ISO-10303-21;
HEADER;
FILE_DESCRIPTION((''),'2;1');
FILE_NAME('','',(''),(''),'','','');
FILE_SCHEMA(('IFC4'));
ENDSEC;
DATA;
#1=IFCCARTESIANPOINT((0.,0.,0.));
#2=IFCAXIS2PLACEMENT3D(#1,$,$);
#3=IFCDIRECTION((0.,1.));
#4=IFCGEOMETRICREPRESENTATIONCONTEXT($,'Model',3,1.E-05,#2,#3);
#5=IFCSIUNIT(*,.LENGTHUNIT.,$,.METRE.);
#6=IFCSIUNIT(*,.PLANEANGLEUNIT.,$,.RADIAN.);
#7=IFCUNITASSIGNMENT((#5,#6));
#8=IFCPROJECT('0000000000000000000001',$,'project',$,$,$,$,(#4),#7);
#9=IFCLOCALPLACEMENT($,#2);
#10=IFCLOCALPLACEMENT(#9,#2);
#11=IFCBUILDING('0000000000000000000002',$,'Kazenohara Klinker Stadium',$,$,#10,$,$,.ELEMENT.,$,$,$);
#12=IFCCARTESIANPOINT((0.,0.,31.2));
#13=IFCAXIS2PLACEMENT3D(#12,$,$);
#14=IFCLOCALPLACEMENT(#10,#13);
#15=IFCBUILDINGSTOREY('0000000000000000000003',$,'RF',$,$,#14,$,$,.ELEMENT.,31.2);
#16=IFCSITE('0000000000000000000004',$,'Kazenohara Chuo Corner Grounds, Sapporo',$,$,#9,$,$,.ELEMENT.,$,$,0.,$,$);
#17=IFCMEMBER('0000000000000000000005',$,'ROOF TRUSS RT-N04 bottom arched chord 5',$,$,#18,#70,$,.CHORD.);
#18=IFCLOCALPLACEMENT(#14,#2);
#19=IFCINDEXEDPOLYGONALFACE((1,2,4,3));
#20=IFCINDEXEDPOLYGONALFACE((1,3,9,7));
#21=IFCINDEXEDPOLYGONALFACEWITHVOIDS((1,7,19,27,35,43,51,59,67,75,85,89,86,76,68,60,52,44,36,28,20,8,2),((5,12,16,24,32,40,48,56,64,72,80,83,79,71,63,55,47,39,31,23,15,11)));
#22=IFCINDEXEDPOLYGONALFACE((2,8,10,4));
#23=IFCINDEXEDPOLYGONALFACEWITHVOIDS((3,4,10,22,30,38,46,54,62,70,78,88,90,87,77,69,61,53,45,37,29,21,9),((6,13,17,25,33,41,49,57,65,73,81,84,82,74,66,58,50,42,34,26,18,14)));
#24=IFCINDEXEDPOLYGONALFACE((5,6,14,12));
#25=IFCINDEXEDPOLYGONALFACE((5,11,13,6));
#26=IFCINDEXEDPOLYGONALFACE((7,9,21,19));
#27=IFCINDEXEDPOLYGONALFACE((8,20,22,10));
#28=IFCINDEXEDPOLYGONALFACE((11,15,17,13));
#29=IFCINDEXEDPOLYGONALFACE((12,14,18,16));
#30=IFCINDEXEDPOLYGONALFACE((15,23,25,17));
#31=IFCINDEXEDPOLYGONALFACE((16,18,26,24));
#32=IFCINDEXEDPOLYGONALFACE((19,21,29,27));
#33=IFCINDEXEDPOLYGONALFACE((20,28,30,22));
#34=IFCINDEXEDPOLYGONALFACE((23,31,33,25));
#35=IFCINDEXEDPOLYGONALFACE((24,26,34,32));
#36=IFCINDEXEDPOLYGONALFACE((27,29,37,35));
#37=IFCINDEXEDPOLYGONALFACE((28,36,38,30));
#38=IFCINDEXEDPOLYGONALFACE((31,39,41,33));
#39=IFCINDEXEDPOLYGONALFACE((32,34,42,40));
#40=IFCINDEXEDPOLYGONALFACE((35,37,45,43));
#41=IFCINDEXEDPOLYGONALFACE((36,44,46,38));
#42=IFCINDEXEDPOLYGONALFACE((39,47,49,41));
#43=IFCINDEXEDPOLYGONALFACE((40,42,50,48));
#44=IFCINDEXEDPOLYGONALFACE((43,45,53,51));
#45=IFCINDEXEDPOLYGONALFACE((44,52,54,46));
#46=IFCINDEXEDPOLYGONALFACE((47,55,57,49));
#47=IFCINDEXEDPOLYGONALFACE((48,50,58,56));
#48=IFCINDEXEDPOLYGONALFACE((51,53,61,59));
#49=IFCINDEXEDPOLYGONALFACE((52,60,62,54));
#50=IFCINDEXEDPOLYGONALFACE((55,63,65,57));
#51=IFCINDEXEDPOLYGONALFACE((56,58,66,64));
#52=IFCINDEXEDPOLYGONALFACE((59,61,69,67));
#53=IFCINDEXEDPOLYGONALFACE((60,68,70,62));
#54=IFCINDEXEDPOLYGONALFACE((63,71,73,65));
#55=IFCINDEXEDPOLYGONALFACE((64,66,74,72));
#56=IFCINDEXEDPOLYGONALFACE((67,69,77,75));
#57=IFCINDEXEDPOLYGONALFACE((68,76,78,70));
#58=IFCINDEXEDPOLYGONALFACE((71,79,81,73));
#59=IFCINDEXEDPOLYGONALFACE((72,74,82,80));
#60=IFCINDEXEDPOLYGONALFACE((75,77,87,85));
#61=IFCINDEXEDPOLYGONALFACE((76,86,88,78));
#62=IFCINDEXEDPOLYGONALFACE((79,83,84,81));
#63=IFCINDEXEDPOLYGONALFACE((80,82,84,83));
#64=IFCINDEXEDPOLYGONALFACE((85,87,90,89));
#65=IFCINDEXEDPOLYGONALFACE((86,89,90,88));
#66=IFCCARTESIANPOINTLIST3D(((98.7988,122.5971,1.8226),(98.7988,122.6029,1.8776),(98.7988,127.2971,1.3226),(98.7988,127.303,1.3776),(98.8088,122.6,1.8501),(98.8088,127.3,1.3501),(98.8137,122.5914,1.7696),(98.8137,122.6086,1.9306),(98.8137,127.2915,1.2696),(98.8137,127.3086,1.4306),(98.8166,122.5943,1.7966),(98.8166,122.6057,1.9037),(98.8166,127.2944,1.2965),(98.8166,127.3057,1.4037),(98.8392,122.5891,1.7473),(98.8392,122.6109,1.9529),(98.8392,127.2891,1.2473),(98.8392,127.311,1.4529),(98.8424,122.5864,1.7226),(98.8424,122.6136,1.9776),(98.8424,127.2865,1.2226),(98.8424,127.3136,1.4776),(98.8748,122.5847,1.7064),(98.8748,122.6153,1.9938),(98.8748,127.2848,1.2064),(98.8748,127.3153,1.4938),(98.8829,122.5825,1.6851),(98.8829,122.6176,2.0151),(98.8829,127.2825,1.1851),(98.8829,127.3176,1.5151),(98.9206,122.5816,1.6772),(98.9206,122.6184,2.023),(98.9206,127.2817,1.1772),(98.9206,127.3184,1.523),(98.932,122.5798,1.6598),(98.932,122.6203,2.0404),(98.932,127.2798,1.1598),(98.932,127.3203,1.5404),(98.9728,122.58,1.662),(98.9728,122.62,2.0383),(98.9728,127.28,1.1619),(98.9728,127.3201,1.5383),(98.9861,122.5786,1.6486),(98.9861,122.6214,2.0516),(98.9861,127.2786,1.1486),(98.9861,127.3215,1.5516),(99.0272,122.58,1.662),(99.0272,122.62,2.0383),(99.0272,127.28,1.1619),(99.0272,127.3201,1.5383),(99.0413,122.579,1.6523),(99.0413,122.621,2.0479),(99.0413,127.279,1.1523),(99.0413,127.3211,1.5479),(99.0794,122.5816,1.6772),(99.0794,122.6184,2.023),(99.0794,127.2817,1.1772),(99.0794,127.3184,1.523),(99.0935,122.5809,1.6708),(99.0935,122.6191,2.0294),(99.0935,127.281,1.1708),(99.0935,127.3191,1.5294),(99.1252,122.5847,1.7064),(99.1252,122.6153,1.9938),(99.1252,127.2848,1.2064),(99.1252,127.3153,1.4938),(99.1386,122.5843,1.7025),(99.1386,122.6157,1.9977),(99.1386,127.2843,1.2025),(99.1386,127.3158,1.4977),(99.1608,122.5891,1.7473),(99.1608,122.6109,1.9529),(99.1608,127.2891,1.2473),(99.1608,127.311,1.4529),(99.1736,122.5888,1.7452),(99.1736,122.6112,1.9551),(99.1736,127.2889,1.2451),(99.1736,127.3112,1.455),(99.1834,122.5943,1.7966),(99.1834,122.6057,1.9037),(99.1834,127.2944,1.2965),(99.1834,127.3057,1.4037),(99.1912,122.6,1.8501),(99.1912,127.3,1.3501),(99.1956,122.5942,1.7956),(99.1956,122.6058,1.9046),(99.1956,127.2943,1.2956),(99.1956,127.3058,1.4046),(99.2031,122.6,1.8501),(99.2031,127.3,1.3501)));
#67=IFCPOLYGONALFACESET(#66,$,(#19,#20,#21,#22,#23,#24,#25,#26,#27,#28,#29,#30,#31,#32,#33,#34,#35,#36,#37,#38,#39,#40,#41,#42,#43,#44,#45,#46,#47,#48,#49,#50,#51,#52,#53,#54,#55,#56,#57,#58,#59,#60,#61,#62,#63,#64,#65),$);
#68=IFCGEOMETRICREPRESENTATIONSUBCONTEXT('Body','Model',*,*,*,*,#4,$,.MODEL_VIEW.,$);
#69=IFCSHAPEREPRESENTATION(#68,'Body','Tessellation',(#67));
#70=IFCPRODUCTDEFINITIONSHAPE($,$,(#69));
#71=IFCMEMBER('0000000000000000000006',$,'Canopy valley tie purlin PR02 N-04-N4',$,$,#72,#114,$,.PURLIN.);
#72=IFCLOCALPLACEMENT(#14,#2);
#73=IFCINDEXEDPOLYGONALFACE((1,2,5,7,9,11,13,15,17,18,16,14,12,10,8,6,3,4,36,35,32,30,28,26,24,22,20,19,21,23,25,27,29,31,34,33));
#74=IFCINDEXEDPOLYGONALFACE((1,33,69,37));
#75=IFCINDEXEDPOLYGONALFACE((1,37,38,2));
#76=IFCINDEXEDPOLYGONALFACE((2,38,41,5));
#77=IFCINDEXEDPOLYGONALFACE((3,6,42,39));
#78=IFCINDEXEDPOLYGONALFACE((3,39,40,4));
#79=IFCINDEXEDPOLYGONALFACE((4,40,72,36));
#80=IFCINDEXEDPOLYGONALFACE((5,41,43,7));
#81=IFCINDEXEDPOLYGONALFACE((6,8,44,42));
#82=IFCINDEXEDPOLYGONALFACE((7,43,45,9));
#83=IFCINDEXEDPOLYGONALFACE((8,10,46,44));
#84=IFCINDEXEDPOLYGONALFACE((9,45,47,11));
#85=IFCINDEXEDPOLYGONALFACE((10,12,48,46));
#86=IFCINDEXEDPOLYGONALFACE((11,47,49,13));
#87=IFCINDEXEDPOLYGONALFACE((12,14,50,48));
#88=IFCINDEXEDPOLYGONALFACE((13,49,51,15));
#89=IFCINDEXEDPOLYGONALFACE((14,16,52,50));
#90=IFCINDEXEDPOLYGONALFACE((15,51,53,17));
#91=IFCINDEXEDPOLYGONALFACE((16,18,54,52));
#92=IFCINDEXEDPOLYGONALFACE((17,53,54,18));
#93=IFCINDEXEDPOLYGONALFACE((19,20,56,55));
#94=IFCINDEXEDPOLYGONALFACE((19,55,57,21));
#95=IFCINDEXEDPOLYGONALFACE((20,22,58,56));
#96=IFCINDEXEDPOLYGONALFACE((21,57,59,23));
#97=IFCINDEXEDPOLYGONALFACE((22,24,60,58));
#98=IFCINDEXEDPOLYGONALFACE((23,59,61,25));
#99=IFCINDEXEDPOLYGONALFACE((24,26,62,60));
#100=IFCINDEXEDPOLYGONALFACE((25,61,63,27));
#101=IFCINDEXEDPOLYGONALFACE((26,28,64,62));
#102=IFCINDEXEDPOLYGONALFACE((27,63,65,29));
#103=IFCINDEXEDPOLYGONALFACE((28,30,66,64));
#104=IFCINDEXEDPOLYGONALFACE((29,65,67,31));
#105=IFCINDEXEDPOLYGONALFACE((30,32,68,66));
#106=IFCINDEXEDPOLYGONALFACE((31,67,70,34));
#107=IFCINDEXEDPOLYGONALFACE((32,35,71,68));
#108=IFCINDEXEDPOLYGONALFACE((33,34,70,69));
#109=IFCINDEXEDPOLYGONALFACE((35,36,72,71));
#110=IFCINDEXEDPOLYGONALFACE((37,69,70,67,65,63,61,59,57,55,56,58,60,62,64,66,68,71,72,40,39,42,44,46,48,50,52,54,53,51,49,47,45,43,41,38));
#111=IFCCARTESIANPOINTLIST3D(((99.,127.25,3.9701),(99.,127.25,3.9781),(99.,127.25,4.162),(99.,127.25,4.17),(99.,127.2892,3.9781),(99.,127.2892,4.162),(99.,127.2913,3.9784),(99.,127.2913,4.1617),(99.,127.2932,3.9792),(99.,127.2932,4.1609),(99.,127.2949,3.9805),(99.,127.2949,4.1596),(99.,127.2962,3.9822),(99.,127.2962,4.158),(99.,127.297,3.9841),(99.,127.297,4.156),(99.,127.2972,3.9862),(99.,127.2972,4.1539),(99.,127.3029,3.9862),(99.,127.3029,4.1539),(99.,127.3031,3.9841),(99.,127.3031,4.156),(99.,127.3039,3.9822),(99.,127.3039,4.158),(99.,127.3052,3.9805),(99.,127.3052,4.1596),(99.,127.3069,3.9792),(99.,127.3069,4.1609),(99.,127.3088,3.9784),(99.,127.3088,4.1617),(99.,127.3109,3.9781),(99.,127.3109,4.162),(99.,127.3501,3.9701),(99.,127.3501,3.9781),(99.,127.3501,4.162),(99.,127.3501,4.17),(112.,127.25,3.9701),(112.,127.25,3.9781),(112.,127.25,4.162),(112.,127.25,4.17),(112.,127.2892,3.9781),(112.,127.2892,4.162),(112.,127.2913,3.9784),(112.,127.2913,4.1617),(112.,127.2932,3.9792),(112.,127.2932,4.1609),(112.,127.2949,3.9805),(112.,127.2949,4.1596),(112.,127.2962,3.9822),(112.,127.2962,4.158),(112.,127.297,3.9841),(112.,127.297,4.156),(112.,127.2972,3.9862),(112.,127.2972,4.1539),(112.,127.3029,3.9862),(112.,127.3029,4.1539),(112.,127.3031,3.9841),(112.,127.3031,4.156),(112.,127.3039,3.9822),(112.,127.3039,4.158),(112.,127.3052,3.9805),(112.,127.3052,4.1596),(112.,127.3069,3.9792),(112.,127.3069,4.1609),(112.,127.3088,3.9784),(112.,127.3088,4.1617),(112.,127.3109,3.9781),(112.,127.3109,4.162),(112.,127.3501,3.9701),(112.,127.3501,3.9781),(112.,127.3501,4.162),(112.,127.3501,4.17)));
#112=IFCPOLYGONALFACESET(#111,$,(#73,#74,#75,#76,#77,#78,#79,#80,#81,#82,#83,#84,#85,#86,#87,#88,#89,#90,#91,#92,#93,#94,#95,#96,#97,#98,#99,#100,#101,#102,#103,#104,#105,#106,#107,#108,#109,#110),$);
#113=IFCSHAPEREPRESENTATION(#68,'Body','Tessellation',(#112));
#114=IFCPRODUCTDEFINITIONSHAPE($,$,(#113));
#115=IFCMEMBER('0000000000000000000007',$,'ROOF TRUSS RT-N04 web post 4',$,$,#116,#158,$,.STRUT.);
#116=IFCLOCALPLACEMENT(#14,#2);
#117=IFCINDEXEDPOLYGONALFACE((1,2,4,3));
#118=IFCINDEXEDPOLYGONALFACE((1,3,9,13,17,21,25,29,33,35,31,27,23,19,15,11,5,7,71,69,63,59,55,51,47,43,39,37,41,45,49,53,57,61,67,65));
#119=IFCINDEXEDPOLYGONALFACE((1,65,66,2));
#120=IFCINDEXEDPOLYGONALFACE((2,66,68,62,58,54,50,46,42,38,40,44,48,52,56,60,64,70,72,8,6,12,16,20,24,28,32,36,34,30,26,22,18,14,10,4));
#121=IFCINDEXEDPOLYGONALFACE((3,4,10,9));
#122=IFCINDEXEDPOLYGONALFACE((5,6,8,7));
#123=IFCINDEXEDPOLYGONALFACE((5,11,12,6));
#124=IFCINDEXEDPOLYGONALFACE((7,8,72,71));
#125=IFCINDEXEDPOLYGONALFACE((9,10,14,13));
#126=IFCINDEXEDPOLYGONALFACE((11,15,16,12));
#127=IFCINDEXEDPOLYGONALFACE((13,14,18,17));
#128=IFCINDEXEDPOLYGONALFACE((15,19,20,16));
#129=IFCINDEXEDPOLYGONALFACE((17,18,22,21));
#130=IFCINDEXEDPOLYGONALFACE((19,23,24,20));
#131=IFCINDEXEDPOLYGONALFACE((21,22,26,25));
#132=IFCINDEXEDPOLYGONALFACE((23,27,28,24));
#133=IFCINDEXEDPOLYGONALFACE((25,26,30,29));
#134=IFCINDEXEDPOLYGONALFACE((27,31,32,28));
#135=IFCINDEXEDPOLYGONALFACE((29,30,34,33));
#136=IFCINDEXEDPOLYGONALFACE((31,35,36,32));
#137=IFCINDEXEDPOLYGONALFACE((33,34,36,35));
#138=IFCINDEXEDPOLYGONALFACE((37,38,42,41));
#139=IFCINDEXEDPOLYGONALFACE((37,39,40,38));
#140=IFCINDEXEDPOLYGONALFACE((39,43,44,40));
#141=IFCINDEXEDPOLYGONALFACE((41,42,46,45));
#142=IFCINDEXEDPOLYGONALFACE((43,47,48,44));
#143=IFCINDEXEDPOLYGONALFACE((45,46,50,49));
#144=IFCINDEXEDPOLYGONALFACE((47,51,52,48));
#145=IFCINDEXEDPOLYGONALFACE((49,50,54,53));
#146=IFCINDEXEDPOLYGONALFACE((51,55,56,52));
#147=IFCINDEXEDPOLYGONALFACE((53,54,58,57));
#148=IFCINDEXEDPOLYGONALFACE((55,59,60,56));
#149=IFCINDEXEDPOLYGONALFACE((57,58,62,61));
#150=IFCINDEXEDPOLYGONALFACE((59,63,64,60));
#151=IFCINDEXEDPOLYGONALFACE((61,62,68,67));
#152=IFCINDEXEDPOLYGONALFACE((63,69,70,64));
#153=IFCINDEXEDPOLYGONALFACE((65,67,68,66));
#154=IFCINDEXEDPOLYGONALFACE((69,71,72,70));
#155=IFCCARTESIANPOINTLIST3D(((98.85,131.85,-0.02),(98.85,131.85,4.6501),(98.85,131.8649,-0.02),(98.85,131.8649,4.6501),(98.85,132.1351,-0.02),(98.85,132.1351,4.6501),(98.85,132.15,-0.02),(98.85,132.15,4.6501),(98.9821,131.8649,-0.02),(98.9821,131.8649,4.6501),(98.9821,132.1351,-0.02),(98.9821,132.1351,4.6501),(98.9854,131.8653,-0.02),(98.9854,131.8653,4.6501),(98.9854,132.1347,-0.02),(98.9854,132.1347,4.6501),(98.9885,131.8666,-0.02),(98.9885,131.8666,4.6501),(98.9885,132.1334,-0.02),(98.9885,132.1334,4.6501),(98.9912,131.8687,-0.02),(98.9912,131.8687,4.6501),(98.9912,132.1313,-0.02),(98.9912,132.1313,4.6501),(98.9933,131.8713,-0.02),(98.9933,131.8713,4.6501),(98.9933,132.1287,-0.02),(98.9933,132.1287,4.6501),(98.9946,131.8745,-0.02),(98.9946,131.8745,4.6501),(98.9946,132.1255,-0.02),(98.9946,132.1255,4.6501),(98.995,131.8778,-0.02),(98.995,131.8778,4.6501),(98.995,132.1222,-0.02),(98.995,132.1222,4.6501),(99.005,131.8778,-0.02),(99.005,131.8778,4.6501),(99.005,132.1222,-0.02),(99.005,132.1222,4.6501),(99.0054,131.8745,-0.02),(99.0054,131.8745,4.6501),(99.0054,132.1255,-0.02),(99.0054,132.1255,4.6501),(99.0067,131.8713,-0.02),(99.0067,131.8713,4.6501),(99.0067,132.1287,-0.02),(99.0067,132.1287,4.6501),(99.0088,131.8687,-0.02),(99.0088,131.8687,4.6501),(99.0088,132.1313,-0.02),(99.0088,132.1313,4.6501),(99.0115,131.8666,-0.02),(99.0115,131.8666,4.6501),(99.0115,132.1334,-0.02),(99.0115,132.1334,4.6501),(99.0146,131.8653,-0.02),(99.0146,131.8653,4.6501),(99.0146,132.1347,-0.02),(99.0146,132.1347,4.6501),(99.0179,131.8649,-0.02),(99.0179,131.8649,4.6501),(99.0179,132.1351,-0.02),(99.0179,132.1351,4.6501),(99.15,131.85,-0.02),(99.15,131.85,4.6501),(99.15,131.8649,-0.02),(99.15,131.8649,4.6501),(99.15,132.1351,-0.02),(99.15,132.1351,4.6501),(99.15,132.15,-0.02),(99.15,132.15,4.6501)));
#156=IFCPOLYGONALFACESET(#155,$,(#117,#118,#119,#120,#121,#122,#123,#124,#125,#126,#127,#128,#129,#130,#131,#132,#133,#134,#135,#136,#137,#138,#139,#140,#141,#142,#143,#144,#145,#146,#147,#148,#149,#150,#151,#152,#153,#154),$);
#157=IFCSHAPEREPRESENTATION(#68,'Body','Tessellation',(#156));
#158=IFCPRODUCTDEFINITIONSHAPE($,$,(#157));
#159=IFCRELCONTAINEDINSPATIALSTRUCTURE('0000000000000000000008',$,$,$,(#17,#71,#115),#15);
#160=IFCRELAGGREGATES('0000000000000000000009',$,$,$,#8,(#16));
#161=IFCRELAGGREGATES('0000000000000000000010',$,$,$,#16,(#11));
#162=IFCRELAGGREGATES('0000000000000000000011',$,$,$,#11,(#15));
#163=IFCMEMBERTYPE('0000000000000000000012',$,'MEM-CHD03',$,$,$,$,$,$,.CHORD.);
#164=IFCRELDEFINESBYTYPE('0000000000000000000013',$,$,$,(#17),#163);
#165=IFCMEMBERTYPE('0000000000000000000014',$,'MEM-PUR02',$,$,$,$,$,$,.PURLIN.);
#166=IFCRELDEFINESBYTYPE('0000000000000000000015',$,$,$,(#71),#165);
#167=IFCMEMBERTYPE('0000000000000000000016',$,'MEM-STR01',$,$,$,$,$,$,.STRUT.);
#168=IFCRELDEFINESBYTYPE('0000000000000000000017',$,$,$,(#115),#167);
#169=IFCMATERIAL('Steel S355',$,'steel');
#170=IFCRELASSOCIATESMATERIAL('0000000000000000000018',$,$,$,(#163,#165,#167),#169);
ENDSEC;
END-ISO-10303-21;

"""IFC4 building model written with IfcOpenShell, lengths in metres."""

from ifc_helpers import new_model, si_unit, direction, frame, origin, origin_2d, place, context, subcontext, project, spatial, hollow_circle, i_section, extrude, material, material_profile, profile_set, type_object, element, save


model = new_model("IFC4")

# Units and contexts
model_context = context("Model", 3, precision=1e-05, world=origin(), true_north=direction((0.0, 1.0)))
body_context = subcontext(model_context, "Body", "Model", "MODEL_VIEW")
ifc_project = project(units=[si_unit("LENGTHUNIT", "METRE"), si_unit("PLANEANGLEUNIT", "RADIAN")], contexts=[model_context])

# Site, building, storey
site_placement = place(None, origin())
site = spatial("IfcSite", under=ifc_project, at=site_placement, Name="Kazenohara Chuo Corner Grounds, Sapporo", CompositionType="ELEMENT", RefElevation=0.0)
building_placement = place(site_placement, origin())
building = spatial("IfcBuilding", under=site, at=building_placement, Name="Kazenohara Klinker Stadium", CompositionType="ELEMENT")
storey_placement = place(building_placement, frame((0.0, 0.0, 31.2)))
storey = spatial("IfcBuildingStorey", under=building, at=storey_placement, Name="RF", CompositionType="ELEMENT", Elevation=31.2)

# Members
ifc_material_1 = material(Name="Steel S355", Category="steel")
ifc_material_profile_1 = material_profile(ifc_material_1, hollow_circle(Radius=0.2031, WallThickness=0.012, at=origin_2d()), Name="CHS-406.4x12")
ifc_profile_set_1 = profile_set([ifc_material_profile_1], Name="Steel S355")
member_type_1 = type_object("IfcMemberType", Name="MEM-CHD03", PredefinedType="CHORD", material=ifc_profile_set_1)
member_1_placement = place(storey_placement, frame((99.0, 127.3, 1.3501), z_axis=(0.0, -0.994389, 0.105787), x_axis=(1.0, 0.0, 0.0)))
element("IfcMember", 1, at=member_1_placement, inside=storey, type_object=member_type_1, Name="ROOF TRUSS RT-N04 bottom arched chord 5", PredefinedType="CHORD", context=body_context, shape_type="SweptSolid", body=[
    extrude(hollow_circle(Radius=0.2031, WallThickness=0.012, at=origin_2d()), origin(), (0.0, 0.0, 1.0), 4.7266),
])
ifc_material_profile_2 = material_profile(ifc_material_1, i_section(OverallWidth=0.1001, OverallDepth=0.2, WebThickness=0.0056, FlangeThickness=0.0081, FilletRadius=0.0081, at=origin_2d()), Name="H-200x100x5.5x8")
ifc_profile_set_2 = profile_set([ifc_material_profile_2], Name="Steel S355")
member_type_2 = type_object("IfcMemberType", Name="MEM-PUR02", PredefinedType="PURLIN", material=ifc_profile_set_2)
member_2_placement = place(storey_placement, frame((99.0, 127.3, 4.0701), z_axis=(1.0, 0.0, 0.0), x_axis=(0.0, 1.0, 0.0)))
element("IfcMember", 2, at=member_2_placement, inside=storey, type_object=member_type_2, Name="Canopy valley tie purlin PR02 N-04-N4", PredefinedType="PURLIN", context=body_context, shape_type="SweptSolid", body=[
    extrude(i_section(OverallWidth=0.1001, OverallDepth=0.2, WebThickness=0.0056, FlangeThickness=0.0081, FilletRadius=0.0081, at=origin_2d()), origin(), (0.0, 0.0, 1.0), 13.0),
])
ifc_material_profile_3 = material_profile(ifc_material_1, i_section(OverallWidth=0.3, OverallDepth=0.3, WebThickness=0.01, FlangeThickness=0.0149, FilletRadius=0.0129, at=origin_2d()), Name="H-300x300x10x15")
ifc_profile_set_3 = profile_set([ifc_material_profile_3], Name="Steel S355")
member_type_3 = type_object("IfcMemberType", Name="MEM-STR01", PredefinedType="STRUT", material=ifc_profile_set_3)
member_3_placement = place(storey_placement, frame((99.0, 132.0, -0.02), z_axis=(0.0, 0.0, 1.0), x_axis=(1.0, 0.0, 0.0)))
element("IfcMember", 3, at=member_3_placement, inside=storey, type_object=member_type_3, Name="ROOF TRUSS RT-N04 web post 4", PredefinedType="STRUT", context=body_context, shape_type="SweptSolid", body=[
    extrude(i_section(OverallWidth=0.3, OverallDepth=0.3, WebThickness=0.01, FlangeThickness=0.0149, FilletRadius=0.0129, at=origin_2d()), origin(), (0.0, 0.0, 1.0), 4.6702),
])

save(model, "model.ifc")
